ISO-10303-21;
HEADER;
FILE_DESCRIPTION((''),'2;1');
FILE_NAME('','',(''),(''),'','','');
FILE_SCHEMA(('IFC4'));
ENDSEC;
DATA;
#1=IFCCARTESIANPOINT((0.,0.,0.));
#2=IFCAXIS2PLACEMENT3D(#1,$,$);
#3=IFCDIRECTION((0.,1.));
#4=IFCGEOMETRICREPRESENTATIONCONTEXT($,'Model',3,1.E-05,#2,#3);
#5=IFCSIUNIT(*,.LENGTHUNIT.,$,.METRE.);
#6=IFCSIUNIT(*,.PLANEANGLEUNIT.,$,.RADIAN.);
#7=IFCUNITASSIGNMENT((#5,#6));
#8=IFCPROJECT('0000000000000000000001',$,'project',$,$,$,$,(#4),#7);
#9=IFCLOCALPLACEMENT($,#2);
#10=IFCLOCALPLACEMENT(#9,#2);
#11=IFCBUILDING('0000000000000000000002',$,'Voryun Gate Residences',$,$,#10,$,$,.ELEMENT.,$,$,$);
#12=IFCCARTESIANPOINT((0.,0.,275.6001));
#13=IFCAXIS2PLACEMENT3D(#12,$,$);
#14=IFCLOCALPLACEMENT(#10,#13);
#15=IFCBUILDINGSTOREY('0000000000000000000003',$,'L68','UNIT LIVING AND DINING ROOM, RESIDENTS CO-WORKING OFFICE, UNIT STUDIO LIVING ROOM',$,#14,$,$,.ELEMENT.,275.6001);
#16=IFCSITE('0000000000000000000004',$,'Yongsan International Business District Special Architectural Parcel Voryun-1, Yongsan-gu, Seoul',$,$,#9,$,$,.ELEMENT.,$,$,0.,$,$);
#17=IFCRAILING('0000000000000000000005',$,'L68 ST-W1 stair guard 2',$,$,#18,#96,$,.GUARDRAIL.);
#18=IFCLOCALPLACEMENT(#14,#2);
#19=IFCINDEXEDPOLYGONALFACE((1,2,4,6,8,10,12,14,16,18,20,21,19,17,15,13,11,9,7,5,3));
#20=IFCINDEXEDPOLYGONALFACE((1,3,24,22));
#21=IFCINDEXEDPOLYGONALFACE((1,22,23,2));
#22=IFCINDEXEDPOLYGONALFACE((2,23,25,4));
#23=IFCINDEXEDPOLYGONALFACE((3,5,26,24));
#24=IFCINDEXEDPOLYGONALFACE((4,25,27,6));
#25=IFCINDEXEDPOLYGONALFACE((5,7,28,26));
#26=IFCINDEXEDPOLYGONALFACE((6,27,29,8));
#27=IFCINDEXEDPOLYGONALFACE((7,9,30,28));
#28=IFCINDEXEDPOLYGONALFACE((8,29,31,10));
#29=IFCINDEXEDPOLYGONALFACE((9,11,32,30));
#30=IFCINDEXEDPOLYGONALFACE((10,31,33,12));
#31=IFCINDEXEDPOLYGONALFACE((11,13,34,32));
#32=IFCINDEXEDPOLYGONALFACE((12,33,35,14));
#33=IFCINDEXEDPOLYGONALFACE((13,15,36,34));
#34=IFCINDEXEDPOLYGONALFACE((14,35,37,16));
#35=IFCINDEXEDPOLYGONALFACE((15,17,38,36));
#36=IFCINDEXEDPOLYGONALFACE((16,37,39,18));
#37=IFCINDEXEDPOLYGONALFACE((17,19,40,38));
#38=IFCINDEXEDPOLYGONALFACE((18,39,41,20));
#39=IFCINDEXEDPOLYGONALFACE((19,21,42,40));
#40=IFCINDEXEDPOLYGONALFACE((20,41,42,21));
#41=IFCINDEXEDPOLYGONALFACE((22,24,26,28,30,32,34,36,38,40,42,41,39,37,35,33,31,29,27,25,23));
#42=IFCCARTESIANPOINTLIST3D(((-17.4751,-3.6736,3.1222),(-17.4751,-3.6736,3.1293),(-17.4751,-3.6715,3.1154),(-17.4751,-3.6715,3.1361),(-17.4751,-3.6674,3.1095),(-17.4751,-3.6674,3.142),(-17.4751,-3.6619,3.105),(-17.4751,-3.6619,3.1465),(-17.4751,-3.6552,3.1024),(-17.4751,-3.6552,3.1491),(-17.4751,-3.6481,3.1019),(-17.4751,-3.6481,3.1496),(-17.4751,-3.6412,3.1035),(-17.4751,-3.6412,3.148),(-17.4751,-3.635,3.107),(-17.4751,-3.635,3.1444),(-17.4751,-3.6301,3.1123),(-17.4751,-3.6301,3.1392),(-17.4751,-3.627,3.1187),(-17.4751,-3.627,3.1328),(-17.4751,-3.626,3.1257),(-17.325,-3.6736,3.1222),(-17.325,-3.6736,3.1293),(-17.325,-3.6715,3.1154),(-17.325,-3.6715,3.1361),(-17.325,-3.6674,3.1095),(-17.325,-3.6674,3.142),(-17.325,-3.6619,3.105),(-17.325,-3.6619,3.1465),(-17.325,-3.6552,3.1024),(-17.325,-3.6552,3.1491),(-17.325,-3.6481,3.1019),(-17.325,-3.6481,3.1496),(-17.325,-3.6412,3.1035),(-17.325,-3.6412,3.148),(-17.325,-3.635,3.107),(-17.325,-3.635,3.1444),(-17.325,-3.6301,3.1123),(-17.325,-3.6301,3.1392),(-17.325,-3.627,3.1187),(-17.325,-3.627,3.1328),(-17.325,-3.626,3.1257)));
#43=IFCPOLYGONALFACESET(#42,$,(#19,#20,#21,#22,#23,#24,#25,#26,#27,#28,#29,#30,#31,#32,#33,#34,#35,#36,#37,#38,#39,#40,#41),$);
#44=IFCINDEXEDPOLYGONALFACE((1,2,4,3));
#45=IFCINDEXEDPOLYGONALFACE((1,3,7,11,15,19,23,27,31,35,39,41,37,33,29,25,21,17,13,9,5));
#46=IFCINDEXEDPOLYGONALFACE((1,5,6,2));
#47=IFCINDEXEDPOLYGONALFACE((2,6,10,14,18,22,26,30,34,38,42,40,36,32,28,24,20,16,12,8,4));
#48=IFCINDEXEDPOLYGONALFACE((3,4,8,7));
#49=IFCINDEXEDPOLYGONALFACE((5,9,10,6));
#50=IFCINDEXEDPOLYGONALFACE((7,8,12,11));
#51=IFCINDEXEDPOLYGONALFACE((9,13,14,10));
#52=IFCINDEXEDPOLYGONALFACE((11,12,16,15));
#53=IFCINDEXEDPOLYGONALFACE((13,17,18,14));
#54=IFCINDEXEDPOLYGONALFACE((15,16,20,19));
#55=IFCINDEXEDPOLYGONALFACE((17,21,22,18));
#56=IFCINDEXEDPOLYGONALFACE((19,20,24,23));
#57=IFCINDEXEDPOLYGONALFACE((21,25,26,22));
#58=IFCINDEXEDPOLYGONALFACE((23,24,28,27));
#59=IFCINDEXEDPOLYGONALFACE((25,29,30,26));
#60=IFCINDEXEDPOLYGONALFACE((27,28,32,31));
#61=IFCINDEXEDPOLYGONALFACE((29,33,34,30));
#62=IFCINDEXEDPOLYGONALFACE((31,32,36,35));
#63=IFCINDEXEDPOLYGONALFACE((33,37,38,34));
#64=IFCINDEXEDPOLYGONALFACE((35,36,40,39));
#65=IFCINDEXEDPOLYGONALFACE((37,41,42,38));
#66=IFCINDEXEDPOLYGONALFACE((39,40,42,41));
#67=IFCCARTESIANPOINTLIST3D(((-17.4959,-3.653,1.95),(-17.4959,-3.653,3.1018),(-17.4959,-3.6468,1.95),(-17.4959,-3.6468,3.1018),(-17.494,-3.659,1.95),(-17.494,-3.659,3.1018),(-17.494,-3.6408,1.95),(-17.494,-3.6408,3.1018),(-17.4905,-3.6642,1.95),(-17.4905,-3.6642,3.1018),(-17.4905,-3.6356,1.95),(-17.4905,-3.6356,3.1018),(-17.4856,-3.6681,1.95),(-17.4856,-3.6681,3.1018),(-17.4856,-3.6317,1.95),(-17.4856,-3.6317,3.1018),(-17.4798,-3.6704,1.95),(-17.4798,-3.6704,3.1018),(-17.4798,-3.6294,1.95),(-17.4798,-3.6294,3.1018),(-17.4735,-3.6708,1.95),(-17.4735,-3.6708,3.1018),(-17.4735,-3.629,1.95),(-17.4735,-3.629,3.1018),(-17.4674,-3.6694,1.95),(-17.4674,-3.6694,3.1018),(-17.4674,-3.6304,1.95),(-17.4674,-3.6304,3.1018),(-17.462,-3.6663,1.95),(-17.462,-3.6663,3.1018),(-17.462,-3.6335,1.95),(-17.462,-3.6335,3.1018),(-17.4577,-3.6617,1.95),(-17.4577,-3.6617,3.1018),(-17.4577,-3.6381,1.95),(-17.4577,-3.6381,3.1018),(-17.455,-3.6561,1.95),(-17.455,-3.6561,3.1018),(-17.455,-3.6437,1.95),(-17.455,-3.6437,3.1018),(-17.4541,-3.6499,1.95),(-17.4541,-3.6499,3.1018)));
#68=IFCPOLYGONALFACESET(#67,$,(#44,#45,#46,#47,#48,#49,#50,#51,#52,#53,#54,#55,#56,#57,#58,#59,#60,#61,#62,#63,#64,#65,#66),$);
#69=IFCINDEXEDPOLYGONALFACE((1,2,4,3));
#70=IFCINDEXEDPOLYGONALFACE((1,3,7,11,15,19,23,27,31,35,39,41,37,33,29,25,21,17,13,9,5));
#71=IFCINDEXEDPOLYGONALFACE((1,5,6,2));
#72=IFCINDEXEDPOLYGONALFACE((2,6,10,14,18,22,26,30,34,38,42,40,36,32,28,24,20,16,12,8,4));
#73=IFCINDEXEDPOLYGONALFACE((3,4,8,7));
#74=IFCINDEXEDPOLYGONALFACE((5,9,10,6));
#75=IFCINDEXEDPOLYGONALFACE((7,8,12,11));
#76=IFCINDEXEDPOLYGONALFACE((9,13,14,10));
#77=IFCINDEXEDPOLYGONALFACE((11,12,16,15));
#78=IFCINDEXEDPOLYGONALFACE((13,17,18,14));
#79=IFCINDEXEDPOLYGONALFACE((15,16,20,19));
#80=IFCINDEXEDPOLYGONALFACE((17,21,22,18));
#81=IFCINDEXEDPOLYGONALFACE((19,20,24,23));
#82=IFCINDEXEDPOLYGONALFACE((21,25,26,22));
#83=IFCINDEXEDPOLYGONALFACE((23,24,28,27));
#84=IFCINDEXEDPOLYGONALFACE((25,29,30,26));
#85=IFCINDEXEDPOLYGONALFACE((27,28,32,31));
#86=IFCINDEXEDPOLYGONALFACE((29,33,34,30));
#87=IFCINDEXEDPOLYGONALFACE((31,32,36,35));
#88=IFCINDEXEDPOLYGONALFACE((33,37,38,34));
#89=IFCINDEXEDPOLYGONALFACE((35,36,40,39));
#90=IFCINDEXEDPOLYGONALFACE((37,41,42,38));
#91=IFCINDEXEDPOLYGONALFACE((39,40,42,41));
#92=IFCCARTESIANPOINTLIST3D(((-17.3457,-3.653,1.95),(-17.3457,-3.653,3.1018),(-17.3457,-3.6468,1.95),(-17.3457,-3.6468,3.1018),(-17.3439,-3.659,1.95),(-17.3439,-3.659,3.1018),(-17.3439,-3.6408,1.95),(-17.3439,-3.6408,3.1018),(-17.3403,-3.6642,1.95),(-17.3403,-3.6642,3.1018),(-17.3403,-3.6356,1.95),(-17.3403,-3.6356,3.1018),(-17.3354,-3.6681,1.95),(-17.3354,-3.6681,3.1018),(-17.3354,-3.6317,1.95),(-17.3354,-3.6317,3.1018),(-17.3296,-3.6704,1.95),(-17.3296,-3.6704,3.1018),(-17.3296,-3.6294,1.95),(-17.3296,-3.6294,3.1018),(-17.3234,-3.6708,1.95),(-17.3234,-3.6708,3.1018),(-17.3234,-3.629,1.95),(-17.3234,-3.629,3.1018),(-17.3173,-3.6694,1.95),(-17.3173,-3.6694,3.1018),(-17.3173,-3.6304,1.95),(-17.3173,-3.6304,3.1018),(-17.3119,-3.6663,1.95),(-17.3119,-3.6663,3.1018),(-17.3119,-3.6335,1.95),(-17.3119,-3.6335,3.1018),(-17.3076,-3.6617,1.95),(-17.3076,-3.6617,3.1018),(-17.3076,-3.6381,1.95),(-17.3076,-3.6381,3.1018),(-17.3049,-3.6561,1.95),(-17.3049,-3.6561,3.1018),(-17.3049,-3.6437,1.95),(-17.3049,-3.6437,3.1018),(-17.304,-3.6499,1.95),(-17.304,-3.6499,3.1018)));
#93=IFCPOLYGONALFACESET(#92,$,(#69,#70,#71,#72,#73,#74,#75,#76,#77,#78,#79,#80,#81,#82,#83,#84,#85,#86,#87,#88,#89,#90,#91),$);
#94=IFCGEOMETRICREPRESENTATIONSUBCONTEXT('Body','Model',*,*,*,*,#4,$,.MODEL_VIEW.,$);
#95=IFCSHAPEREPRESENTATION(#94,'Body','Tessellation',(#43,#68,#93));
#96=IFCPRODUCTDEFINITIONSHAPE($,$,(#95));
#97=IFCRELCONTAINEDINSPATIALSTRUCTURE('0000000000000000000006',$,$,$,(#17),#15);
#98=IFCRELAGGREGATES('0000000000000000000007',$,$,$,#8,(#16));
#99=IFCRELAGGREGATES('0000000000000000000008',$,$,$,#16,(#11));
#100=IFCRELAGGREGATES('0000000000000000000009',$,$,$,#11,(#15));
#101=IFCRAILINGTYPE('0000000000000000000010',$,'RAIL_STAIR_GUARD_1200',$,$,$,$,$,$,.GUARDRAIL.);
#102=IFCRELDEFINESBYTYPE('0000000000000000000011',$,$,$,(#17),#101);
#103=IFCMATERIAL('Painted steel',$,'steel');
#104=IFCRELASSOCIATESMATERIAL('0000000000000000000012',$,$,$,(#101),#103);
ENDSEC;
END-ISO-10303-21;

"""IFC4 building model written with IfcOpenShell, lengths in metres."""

from ifc_helpers import new_model, si_unit, direction, frame, origin, origin_2d, place, context, subcontext, project, spatial, circle, extrude, material, type_object, element, save


model = new_model("IFC4")

# Units and contexts
model_context = context("Model", 3, precision=1e-05, world=origin(), true_north=direction((0.0, 1.0)))
body_context = subcontext(model_context, "Body", "Model", "MODEL_VIEW")
ifc_project = project(units=[si_unit("LENGTHUNIT", "METRE"), si_unit("PLANEANGLEUNIT", "RADIAN")], contexts=[model_context])

# Site, building, storey
site_placement = place(None, origin())
site = spatial("IfcSite", under=ifc_project, at=site_placement, Name="Yongsan International Business District Special Architectural Parcel Voryun-1, Yongsan-gu, Seoul", CompositionType="ELEMENT", RefElevation=0.0)
building_placement = place(site_placement, origin())
building = spatial("IfcBuilding", under=site, at=building_placement, Name="Voryun Gate Residences", CompositionType="ELEMENT")
storey_placement = place(building_placement, frame((0.0, 0.0, 275.6001)))
storey = spatial("IfcBuildingStorey", under=building, at=storey_placement, Name="L68", Description="UNIT LIVING AND DINING ROOM, RESIDENTS CO-WORKING OFFICE, UNIT STUDIO LIVING ROOM", CompositionType="ELEMENT", Elevation=275.6001)

# Railing
ifc_material_1 = material(Name="Painted steel", Category="steel")
railing_type_1 = type_object("IfcRailingType", Name="RAIL_STAIR_GUARD_1200", PredefinedType="GUARDRAIL", material=ifc_material_1)
railing_1_placement = place(storey_placement, frame((-17.4751, -3.6499, 1.95)))
element("IfcRailing", 1, at=railing_1_placement, inside=storey, type_object=railing_type_1, Name="L68 ST-W1 stair guard 2", PredefinedType="GUARDRAIL", context=body_context, shape_type="SweptSolid", body=[
    extrude(circle(Radius=0.0239, at=origin_2d()), frame((0.0, 0.0, 1.1758), z_axis=(1.0, 0.0, 0.0), x_axis=(0.0, 1.0, 0.0)), (0.0, 0.0, 1.0), 0.1501),
    extrude(circle(Radius=0.021, at=origin_2d()), origin(), (0.0, 0.0, 1.0), 1.1519),
    extrude(circle(Radius=0.021, at=origin_2d()), frame((0.1501, 0.0, 0.0)), (0.0, 0.0, 1.0), 1.1519),
])

save(model, "model.ifc")
